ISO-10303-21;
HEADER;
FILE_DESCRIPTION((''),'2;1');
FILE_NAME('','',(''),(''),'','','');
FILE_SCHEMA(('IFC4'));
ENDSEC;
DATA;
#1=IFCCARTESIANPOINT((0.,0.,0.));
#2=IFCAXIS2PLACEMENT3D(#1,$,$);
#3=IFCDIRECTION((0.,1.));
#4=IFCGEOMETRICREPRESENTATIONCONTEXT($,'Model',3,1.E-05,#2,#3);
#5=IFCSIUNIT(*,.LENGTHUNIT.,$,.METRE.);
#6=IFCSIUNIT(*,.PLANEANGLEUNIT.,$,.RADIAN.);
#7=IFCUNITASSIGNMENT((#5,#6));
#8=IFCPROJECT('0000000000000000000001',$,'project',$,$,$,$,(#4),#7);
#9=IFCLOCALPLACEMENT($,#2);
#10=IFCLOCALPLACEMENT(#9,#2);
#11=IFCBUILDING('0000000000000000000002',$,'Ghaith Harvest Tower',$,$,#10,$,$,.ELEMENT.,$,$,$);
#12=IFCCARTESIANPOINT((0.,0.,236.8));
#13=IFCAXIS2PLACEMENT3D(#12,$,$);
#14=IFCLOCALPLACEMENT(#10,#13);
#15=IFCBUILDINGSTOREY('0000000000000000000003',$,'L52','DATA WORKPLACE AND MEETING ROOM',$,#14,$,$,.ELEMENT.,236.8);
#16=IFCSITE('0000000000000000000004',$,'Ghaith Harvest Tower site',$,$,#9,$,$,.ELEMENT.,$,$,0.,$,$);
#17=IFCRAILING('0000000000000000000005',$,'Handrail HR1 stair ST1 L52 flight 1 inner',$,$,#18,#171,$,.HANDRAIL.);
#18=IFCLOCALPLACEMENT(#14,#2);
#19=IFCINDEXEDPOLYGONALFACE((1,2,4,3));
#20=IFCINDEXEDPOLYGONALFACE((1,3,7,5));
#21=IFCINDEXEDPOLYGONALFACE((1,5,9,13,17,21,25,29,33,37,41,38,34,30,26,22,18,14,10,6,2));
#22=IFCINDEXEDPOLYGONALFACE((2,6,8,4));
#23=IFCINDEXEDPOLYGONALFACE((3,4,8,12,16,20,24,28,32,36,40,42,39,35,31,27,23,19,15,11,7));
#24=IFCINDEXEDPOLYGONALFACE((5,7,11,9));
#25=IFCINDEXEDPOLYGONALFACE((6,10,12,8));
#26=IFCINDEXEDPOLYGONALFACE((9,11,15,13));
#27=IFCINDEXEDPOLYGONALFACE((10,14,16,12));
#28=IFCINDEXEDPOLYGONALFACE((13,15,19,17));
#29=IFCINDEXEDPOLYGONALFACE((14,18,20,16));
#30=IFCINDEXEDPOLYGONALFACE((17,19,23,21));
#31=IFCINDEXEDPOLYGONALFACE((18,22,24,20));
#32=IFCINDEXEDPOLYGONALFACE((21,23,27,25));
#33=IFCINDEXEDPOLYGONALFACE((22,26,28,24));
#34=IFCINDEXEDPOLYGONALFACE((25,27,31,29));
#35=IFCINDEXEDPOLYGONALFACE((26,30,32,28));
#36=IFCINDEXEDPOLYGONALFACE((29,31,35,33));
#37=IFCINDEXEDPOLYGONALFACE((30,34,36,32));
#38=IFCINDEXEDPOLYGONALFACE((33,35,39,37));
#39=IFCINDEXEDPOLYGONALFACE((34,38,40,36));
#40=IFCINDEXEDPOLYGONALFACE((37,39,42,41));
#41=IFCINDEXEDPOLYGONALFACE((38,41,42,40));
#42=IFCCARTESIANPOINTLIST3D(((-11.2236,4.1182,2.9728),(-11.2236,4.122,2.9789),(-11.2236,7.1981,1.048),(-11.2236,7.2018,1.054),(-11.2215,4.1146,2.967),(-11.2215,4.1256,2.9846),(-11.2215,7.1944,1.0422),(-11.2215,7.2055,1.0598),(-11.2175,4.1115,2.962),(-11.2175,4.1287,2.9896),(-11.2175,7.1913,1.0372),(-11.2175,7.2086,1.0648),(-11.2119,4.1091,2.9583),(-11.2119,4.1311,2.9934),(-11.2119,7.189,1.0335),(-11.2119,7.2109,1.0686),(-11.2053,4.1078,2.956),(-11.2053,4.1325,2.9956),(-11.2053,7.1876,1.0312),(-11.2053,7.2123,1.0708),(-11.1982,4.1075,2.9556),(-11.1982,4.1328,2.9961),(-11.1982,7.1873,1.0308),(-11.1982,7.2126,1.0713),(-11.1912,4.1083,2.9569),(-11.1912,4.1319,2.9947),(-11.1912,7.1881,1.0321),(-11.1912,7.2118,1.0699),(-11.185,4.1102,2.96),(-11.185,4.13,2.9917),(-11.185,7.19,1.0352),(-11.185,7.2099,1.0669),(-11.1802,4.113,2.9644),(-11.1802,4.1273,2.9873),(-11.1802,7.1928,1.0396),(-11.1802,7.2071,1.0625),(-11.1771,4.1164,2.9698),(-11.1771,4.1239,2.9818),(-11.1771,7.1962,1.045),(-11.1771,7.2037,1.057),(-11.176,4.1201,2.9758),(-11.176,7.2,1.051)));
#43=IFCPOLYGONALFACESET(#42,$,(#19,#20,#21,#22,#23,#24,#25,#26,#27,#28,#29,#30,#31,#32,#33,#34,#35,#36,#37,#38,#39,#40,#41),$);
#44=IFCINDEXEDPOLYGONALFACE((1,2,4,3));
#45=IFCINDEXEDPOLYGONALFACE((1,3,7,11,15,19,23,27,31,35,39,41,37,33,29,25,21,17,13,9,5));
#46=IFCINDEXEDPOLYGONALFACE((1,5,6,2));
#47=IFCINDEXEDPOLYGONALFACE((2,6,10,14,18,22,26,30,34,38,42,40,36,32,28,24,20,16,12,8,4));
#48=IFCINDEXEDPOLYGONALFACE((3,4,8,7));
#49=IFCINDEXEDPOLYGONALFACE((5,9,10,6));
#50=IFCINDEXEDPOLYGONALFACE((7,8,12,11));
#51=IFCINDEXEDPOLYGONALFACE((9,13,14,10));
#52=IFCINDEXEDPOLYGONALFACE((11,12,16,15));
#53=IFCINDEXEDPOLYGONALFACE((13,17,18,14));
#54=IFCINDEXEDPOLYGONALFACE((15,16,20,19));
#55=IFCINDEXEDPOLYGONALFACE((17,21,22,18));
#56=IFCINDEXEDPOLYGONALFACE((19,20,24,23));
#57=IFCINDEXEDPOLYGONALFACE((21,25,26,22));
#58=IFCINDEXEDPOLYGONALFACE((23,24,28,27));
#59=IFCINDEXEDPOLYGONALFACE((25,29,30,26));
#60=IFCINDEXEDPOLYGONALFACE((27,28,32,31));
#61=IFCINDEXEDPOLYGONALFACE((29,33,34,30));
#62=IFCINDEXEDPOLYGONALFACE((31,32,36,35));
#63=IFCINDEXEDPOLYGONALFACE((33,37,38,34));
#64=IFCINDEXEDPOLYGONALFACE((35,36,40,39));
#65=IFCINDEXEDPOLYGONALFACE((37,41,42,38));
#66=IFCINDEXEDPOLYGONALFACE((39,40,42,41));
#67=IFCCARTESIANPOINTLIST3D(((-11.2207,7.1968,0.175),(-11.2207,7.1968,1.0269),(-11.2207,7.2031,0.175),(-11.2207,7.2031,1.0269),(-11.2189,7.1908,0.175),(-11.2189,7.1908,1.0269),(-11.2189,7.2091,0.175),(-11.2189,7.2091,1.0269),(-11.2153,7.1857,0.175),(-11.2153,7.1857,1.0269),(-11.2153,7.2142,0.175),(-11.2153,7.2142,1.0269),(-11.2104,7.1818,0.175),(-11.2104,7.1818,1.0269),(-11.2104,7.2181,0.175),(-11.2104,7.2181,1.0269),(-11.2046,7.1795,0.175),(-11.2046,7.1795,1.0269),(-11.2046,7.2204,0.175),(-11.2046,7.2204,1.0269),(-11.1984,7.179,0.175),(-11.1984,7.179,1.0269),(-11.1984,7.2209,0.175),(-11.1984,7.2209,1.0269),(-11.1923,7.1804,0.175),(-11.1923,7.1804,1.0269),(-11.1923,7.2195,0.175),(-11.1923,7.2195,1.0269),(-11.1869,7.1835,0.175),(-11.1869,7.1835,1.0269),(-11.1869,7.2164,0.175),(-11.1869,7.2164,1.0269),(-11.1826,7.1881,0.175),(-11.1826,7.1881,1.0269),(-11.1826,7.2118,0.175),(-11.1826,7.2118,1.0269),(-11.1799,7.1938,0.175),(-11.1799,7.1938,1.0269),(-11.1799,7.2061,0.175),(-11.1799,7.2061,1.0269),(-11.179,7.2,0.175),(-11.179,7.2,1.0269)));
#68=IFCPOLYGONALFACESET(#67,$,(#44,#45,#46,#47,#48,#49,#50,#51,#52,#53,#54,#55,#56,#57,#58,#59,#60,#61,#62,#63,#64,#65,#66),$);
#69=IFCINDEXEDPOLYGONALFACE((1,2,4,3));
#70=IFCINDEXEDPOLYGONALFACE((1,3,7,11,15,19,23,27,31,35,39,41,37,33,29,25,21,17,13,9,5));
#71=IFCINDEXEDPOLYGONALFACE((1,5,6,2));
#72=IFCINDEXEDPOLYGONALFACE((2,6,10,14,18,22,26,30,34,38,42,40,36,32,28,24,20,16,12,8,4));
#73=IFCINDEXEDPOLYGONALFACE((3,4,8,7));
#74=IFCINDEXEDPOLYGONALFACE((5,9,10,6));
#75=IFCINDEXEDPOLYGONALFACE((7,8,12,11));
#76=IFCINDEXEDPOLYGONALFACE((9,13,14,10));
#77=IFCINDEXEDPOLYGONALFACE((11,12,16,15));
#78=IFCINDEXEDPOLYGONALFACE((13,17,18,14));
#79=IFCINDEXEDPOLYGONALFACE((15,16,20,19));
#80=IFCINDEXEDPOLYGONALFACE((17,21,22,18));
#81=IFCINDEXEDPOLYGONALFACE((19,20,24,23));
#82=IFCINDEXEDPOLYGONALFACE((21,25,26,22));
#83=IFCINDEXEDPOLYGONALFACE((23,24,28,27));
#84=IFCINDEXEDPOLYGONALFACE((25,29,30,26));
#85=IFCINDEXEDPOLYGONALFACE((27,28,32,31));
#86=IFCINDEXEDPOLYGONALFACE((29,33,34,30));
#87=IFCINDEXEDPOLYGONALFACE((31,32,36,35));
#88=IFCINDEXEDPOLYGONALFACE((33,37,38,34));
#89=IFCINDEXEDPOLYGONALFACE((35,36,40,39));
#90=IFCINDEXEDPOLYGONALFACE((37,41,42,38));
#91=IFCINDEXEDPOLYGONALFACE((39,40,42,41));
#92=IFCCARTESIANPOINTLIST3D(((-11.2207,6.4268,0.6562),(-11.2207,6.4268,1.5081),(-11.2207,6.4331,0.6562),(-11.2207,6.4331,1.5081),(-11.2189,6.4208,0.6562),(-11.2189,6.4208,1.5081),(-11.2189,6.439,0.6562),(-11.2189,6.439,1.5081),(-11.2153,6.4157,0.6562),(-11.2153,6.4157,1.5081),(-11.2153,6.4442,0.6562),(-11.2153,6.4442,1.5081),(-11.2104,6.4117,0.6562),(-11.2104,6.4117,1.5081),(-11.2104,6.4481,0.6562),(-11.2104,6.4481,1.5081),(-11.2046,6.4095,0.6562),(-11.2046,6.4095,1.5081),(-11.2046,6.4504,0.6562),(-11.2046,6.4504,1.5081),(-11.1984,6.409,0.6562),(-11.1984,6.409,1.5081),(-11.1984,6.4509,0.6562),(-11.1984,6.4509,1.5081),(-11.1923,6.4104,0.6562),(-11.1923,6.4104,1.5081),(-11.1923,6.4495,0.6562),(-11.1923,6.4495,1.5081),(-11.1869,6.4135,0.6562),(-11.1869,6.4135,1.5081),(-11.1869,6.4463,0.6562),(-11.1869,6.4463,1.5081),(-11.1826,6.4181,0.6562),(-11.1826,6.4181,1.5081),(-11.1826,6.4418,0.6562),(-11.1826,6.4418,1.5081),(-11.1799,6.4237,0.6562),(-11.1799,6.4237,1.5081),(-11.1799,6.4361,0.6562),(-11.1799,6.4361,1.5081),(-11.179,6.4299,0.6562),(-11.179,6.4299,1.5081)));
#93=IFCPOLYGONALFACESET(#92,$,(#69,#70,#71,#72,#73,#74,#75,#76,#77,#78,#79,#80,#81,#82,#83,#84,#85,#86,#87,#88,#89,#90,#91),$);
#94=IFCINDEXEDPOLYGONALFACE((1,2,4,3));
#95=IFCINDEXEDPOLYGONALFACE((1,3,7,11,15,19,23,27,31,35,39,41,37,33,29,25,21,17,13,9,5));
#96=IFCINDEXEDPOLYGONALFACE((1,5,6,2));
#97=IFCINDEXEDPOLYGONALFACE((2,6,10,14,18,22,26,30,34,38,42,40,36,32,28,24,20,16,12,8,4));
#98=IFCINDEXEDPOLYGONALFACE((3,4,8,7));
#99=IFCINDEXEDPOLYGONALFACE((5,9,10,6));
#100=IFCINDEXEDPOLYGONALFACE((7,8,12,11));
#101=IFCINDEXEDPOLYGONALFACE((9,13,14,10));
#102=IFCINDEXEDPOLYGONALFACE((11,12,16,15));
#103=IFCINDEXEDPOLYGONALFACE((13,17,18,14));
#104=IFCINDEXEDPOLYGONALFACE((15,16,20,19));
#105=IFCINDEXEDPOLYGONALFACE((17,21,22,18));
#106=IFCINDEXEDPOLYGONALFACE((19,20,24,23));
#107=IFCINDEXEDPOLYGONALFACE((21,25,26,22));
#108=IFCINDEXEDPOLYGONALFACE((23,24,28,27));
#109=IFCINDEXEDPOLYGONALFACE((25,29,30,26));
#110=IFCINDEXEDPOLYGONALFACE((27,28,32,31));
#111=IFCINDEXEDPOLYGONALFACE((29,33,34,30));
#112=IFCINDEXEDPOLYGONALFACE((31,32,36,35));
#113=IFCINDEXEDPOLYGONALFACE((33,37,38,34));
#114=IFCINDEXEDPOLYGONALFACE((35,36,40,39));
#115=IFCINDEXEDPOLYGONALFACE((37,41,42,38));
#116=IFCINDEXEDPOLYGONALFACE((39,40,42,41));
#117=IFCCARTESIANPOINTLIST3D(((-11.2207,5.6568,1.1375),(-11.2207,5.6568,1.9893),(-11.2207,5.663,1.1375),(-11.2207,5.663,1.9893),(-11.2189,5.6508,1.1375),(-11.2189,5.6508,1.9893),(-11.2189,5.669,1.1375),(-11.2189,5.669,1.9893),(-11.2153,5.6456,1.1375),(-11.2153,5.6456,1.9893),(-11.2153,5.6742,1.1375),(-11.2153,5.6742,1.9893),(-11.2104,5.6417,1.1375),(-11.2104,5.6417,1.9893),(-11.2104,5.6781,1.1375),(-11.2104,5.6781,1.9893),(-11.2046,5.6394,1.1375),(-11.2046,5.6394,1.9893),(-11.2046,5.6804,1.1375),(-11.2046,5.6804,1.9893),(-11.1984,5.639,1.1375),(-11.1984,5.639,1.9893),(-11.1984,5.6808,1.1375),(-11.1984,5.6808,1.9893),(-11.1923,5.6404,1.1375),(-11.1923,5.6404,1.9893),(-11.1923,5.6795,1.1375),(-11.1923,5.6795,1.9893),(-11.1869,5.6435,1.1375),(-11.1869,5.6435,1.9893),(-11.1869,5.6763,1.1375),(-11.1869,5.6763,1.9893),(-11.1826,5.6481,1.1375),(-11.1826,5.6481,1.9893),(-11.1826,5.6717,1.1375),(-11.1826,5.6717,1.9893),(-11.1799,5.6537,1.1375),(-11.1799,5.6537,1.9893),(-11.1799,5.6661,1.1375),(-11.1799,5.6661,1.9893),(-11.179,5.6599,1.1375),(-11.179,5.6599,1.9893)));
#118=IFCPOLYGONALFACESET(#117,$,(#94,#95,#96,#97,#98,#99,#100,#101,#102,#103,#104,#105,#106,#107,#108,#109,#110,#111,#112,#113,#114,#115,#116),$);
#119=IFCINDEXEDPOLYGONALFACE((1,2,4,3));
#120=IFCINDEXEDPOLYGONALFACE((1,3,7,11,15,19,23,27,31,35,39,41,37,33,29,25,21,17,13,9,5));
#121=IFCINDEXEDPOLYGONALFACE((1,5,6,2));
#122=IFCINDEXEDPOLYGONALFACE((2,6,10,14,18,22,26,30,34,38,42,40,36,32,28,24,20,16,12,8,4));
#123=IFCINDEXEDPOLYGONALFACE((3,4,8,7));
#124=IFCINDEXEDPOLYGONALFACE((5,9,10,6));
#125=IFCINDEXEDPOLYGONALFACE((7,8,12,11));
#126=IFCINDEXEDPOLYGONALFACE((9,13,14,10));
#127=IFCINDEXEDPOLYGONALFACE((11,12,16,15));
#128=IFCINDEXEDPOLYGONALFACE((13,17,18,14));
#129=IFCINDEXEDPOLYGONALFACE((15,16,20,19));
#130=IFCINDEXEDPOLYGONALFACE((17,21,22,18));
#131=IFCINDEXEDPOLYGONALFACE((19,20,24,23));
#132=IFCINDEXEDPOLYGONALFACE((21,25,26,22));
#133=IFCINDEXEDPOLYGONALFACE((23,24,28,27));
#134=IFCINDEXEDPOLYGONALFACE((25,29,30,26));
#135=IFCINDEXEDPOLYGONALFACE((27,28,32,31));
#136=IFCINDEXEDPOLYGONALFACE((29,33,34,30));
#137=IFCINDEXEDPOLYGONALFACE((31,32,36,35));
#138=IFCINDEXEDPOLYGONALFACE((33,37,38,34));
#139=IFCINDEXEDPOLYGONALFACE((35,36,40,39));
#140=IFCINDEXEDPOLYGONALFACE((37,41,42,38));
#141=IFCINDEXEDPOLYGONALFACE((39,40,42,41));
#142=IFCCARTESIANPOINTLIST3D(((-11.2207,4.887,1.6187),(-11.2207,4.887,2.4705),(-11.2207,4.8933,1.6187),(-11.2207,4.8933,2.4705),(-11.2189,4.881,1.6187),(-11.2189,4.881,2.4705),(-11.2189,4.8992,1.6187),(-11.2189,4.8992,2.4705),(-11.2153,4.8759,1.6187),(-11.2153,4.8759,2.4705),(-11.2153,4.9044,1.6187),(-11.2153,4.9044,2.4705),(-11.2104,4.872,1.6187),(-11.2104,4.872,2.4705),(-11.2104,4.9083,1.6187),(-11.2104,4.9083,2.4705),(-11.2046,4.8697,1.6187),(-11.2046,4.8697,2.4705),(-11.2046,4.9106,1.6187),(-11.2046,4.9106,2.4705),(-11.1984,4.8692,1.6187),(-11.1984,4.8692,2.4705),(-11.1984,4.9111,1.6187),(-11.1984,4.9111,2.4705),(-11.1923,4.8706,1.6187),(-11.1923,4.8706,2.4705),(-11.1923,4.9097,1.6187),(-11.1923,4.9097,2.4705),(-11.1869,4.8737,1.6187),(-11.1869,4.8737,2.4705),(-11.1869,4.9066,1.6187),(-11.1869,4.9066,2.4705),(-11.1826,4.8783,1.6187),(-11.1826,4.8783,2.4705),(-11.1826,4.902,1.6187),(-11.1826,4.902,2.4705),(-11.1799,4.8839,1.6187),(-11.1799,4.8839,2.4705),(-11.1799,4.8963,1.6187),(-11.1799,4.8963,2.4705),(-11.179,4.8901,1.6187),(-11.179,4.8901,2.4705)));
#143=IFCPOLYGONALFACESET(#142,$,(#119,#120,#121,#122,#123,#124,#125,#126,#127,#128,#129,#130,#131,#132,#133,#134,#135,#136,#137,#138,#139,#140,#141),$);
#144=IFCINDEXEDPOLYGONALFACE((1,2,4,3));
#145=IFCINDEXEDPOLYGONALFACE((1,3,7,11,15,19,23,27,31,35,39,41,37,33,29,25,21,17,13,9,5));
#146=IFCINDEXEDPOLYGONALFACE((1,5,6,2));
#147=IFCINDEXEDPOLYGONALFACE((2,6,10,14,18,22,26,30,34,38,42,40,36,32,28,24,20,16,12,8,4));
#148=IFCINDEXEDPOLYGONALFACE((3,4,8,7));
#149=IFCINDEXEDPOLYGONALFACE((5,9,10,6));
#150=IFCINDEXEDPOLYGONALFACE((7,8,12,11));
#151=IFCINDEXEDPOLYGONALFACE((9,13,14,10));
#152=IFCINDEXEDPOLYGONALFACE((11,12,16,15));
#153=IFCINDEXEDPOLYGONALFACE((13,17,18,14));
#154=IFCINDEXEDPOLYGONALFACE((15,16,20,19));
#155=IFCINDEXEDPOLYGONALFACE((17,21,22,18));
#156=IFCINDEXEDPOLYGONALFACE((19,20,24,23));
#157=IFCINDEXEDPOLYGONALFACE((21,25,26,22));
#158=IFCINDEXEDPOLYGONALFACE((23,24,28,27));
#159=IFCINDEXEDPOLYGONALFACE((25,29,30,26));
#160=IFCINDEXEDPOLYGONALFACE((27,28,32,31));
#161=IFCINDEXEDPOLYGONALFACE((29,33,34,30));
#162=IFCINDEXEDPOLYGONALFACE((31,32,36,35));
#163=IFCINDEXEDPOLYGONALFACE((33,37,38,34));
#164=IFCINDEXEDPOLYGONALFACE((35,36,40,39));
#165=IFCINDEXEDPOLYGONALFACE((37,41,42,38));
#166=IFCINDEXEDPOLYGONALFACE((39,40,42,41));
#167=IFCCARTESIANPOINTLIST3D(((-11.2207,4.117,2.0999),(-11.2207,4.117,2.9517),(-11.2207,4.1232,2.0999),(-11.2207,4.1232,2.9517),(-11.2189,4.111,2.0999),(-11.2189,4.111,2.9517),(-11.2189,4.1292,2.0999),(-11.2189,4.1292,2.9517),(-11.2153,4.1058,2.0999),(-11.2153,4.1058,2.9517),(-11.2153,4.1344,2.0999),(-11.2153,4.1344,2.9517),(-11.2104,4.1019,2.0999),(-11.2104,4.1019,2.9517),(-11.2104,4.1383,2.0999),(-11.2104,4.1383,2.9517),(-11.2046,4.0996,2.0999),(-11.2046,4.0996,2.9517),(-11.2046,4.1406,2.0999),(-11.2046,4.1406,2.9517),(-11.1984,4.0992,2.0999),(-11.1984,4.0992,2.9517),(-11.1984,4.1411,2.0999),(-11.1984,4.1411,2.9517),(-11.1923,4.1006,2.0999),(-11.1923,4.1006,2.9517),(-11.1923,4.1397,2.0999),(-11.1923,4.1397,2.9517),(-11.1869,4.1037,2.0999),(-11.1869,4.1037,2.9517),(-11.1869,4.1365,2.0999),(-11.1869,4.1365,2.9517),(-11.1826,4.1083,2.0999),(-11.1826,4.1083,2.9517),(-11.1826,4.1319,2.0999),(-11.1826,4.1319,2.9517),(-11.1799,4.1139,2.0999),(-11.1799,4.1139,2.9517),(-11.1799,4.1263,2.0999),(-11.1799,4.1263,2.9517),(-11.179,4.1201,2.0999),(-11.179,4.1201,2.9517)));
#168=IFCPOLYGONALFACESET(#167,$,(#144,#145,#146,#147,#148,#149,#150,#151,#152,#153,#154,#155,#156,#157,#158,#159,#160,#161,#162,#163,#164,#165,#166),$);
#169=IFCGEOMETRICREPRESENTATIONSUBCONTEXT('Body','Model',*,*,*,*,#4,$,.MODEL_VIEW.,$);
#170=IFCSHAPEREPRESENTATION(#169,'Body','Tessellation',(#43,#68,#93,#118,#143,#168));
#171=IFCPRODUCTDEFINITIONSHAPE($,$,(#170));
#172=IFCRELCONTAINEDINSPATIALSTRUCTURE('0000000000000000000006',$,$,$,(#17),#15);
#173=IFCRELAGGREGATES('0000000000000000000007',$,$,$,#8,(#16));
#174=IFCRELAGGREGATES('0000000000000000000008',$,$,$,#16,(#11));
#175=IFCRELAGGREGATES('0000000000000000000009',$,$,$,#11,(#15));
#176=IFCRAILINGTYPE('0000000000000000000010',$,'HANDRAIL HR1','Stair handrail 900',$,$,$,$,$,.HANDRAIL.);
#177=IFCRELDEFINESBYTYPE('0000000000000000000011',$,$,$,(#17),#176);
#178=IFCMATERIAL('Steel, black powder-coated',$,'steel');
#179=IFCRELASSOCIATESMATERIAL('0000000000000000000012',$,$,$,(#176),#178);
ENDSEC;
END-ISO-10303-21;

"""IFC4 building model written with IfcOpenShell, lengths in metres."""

from ifc_helpers import new_model, si_unit, direction, frame, origin, origin_2d, place, context, subcontext, project, spatial, circle, extrude, material, type_object, element, save


model = new_model("IFC4")

# Units and contexts
model_context = context("Model", 3, precision=1e-05, world=origin(), true_north=direction((0.0, 1.0)))
body_context = subcontext(model_context, "Body", "Model", "MODEL_VIEW")
ifc_project = project(units=[si_unit("LENGTHUNIT", "METRE"), si_unit("PLANEANGLEUNIT", "RADIAN")], contexts=[model_context])

# Site, building, storey
site_placement = place(None, origin())
site = spatial("IfcSite", under=ifc_project, at=site_placement, Name="Ghaith Harvest Tower site", CompositionType="ELEMENT", RefElevation=0.0)
building_placement = place(site_placement, origin())
building = spatial("IfcBuilding", under=site, at=building_placement, Name="Ghaith Harvest Tower", CompositionType="ELEMENT")
storey_placement = place(building_placement, frame((0.0, 0.0, 236.8)))
storey = spatial("IfcBuildingStorey", under=building, at=storey_placement, Name="L52", Description="DATA WORKPLACE AND MEETING ROOM", CompositionType="ELEMENT", Elevation=236.8)

# Railing
ifc_material_1 = material(Name="Steel, black powder-coated", Category="steel")
railing_type = type_object("IfcRailingType", Name="HANDRAIL HR1", Description="Stair handrail 900", PredefinedType="HANDRAIL", material=ifc_material_1)
railing_1_placement = place(storey_placement, frame((-11.2, 7.2, 0.175)))
element("IfcRailing", 1, at=railing_1_placement, inside=storey, type_object=railing_type, Name="Handrail HR1 stair ST1 L52 flight 1 inner", PredefinedType="HANDRAIL", context=body_context, shape_type="SweptSolid", body=[
    extrude(circle(Radius=0.0239, at=origin_2d()), frame((0.0, 0.0, 0.876), z_axis=(0.0, -0.84801, 0.529981), x_axis=(1.0, 0.0, 0.0)), (0.0, 0.0, 1.0), 3.6318),
    extrude(circle(Radius=0.021, at=origin_2d()), origin(), (0.0, 0.0, 1.0), 0.8518),
    extrude(circle(Radius=0.021, at=origin_2d()), frame((0.0, -0.77, 0.4812)), (0.0, 0.0, 1.0), 0.8518),
    extrude(circle(Radius=0.021, at=origin_2d()), frame((0.0, -1.54, 0.9624)), (0.0, 0.0, 1.0), 0.8518),
    extrude(circle(Radius=0.021, at=origin_2d()), frame((0.0, -2.3098, 1.4436)), (0.0, 0.0, 1.0), 0.8518),
    extrude(circle(Radius=0.021, at=origin_2d()), frame((0.0, -3.0798, 1.9248)), (0.0, 0.0, 1.0), 0.8518),
])

save(model, "model.ifc")
